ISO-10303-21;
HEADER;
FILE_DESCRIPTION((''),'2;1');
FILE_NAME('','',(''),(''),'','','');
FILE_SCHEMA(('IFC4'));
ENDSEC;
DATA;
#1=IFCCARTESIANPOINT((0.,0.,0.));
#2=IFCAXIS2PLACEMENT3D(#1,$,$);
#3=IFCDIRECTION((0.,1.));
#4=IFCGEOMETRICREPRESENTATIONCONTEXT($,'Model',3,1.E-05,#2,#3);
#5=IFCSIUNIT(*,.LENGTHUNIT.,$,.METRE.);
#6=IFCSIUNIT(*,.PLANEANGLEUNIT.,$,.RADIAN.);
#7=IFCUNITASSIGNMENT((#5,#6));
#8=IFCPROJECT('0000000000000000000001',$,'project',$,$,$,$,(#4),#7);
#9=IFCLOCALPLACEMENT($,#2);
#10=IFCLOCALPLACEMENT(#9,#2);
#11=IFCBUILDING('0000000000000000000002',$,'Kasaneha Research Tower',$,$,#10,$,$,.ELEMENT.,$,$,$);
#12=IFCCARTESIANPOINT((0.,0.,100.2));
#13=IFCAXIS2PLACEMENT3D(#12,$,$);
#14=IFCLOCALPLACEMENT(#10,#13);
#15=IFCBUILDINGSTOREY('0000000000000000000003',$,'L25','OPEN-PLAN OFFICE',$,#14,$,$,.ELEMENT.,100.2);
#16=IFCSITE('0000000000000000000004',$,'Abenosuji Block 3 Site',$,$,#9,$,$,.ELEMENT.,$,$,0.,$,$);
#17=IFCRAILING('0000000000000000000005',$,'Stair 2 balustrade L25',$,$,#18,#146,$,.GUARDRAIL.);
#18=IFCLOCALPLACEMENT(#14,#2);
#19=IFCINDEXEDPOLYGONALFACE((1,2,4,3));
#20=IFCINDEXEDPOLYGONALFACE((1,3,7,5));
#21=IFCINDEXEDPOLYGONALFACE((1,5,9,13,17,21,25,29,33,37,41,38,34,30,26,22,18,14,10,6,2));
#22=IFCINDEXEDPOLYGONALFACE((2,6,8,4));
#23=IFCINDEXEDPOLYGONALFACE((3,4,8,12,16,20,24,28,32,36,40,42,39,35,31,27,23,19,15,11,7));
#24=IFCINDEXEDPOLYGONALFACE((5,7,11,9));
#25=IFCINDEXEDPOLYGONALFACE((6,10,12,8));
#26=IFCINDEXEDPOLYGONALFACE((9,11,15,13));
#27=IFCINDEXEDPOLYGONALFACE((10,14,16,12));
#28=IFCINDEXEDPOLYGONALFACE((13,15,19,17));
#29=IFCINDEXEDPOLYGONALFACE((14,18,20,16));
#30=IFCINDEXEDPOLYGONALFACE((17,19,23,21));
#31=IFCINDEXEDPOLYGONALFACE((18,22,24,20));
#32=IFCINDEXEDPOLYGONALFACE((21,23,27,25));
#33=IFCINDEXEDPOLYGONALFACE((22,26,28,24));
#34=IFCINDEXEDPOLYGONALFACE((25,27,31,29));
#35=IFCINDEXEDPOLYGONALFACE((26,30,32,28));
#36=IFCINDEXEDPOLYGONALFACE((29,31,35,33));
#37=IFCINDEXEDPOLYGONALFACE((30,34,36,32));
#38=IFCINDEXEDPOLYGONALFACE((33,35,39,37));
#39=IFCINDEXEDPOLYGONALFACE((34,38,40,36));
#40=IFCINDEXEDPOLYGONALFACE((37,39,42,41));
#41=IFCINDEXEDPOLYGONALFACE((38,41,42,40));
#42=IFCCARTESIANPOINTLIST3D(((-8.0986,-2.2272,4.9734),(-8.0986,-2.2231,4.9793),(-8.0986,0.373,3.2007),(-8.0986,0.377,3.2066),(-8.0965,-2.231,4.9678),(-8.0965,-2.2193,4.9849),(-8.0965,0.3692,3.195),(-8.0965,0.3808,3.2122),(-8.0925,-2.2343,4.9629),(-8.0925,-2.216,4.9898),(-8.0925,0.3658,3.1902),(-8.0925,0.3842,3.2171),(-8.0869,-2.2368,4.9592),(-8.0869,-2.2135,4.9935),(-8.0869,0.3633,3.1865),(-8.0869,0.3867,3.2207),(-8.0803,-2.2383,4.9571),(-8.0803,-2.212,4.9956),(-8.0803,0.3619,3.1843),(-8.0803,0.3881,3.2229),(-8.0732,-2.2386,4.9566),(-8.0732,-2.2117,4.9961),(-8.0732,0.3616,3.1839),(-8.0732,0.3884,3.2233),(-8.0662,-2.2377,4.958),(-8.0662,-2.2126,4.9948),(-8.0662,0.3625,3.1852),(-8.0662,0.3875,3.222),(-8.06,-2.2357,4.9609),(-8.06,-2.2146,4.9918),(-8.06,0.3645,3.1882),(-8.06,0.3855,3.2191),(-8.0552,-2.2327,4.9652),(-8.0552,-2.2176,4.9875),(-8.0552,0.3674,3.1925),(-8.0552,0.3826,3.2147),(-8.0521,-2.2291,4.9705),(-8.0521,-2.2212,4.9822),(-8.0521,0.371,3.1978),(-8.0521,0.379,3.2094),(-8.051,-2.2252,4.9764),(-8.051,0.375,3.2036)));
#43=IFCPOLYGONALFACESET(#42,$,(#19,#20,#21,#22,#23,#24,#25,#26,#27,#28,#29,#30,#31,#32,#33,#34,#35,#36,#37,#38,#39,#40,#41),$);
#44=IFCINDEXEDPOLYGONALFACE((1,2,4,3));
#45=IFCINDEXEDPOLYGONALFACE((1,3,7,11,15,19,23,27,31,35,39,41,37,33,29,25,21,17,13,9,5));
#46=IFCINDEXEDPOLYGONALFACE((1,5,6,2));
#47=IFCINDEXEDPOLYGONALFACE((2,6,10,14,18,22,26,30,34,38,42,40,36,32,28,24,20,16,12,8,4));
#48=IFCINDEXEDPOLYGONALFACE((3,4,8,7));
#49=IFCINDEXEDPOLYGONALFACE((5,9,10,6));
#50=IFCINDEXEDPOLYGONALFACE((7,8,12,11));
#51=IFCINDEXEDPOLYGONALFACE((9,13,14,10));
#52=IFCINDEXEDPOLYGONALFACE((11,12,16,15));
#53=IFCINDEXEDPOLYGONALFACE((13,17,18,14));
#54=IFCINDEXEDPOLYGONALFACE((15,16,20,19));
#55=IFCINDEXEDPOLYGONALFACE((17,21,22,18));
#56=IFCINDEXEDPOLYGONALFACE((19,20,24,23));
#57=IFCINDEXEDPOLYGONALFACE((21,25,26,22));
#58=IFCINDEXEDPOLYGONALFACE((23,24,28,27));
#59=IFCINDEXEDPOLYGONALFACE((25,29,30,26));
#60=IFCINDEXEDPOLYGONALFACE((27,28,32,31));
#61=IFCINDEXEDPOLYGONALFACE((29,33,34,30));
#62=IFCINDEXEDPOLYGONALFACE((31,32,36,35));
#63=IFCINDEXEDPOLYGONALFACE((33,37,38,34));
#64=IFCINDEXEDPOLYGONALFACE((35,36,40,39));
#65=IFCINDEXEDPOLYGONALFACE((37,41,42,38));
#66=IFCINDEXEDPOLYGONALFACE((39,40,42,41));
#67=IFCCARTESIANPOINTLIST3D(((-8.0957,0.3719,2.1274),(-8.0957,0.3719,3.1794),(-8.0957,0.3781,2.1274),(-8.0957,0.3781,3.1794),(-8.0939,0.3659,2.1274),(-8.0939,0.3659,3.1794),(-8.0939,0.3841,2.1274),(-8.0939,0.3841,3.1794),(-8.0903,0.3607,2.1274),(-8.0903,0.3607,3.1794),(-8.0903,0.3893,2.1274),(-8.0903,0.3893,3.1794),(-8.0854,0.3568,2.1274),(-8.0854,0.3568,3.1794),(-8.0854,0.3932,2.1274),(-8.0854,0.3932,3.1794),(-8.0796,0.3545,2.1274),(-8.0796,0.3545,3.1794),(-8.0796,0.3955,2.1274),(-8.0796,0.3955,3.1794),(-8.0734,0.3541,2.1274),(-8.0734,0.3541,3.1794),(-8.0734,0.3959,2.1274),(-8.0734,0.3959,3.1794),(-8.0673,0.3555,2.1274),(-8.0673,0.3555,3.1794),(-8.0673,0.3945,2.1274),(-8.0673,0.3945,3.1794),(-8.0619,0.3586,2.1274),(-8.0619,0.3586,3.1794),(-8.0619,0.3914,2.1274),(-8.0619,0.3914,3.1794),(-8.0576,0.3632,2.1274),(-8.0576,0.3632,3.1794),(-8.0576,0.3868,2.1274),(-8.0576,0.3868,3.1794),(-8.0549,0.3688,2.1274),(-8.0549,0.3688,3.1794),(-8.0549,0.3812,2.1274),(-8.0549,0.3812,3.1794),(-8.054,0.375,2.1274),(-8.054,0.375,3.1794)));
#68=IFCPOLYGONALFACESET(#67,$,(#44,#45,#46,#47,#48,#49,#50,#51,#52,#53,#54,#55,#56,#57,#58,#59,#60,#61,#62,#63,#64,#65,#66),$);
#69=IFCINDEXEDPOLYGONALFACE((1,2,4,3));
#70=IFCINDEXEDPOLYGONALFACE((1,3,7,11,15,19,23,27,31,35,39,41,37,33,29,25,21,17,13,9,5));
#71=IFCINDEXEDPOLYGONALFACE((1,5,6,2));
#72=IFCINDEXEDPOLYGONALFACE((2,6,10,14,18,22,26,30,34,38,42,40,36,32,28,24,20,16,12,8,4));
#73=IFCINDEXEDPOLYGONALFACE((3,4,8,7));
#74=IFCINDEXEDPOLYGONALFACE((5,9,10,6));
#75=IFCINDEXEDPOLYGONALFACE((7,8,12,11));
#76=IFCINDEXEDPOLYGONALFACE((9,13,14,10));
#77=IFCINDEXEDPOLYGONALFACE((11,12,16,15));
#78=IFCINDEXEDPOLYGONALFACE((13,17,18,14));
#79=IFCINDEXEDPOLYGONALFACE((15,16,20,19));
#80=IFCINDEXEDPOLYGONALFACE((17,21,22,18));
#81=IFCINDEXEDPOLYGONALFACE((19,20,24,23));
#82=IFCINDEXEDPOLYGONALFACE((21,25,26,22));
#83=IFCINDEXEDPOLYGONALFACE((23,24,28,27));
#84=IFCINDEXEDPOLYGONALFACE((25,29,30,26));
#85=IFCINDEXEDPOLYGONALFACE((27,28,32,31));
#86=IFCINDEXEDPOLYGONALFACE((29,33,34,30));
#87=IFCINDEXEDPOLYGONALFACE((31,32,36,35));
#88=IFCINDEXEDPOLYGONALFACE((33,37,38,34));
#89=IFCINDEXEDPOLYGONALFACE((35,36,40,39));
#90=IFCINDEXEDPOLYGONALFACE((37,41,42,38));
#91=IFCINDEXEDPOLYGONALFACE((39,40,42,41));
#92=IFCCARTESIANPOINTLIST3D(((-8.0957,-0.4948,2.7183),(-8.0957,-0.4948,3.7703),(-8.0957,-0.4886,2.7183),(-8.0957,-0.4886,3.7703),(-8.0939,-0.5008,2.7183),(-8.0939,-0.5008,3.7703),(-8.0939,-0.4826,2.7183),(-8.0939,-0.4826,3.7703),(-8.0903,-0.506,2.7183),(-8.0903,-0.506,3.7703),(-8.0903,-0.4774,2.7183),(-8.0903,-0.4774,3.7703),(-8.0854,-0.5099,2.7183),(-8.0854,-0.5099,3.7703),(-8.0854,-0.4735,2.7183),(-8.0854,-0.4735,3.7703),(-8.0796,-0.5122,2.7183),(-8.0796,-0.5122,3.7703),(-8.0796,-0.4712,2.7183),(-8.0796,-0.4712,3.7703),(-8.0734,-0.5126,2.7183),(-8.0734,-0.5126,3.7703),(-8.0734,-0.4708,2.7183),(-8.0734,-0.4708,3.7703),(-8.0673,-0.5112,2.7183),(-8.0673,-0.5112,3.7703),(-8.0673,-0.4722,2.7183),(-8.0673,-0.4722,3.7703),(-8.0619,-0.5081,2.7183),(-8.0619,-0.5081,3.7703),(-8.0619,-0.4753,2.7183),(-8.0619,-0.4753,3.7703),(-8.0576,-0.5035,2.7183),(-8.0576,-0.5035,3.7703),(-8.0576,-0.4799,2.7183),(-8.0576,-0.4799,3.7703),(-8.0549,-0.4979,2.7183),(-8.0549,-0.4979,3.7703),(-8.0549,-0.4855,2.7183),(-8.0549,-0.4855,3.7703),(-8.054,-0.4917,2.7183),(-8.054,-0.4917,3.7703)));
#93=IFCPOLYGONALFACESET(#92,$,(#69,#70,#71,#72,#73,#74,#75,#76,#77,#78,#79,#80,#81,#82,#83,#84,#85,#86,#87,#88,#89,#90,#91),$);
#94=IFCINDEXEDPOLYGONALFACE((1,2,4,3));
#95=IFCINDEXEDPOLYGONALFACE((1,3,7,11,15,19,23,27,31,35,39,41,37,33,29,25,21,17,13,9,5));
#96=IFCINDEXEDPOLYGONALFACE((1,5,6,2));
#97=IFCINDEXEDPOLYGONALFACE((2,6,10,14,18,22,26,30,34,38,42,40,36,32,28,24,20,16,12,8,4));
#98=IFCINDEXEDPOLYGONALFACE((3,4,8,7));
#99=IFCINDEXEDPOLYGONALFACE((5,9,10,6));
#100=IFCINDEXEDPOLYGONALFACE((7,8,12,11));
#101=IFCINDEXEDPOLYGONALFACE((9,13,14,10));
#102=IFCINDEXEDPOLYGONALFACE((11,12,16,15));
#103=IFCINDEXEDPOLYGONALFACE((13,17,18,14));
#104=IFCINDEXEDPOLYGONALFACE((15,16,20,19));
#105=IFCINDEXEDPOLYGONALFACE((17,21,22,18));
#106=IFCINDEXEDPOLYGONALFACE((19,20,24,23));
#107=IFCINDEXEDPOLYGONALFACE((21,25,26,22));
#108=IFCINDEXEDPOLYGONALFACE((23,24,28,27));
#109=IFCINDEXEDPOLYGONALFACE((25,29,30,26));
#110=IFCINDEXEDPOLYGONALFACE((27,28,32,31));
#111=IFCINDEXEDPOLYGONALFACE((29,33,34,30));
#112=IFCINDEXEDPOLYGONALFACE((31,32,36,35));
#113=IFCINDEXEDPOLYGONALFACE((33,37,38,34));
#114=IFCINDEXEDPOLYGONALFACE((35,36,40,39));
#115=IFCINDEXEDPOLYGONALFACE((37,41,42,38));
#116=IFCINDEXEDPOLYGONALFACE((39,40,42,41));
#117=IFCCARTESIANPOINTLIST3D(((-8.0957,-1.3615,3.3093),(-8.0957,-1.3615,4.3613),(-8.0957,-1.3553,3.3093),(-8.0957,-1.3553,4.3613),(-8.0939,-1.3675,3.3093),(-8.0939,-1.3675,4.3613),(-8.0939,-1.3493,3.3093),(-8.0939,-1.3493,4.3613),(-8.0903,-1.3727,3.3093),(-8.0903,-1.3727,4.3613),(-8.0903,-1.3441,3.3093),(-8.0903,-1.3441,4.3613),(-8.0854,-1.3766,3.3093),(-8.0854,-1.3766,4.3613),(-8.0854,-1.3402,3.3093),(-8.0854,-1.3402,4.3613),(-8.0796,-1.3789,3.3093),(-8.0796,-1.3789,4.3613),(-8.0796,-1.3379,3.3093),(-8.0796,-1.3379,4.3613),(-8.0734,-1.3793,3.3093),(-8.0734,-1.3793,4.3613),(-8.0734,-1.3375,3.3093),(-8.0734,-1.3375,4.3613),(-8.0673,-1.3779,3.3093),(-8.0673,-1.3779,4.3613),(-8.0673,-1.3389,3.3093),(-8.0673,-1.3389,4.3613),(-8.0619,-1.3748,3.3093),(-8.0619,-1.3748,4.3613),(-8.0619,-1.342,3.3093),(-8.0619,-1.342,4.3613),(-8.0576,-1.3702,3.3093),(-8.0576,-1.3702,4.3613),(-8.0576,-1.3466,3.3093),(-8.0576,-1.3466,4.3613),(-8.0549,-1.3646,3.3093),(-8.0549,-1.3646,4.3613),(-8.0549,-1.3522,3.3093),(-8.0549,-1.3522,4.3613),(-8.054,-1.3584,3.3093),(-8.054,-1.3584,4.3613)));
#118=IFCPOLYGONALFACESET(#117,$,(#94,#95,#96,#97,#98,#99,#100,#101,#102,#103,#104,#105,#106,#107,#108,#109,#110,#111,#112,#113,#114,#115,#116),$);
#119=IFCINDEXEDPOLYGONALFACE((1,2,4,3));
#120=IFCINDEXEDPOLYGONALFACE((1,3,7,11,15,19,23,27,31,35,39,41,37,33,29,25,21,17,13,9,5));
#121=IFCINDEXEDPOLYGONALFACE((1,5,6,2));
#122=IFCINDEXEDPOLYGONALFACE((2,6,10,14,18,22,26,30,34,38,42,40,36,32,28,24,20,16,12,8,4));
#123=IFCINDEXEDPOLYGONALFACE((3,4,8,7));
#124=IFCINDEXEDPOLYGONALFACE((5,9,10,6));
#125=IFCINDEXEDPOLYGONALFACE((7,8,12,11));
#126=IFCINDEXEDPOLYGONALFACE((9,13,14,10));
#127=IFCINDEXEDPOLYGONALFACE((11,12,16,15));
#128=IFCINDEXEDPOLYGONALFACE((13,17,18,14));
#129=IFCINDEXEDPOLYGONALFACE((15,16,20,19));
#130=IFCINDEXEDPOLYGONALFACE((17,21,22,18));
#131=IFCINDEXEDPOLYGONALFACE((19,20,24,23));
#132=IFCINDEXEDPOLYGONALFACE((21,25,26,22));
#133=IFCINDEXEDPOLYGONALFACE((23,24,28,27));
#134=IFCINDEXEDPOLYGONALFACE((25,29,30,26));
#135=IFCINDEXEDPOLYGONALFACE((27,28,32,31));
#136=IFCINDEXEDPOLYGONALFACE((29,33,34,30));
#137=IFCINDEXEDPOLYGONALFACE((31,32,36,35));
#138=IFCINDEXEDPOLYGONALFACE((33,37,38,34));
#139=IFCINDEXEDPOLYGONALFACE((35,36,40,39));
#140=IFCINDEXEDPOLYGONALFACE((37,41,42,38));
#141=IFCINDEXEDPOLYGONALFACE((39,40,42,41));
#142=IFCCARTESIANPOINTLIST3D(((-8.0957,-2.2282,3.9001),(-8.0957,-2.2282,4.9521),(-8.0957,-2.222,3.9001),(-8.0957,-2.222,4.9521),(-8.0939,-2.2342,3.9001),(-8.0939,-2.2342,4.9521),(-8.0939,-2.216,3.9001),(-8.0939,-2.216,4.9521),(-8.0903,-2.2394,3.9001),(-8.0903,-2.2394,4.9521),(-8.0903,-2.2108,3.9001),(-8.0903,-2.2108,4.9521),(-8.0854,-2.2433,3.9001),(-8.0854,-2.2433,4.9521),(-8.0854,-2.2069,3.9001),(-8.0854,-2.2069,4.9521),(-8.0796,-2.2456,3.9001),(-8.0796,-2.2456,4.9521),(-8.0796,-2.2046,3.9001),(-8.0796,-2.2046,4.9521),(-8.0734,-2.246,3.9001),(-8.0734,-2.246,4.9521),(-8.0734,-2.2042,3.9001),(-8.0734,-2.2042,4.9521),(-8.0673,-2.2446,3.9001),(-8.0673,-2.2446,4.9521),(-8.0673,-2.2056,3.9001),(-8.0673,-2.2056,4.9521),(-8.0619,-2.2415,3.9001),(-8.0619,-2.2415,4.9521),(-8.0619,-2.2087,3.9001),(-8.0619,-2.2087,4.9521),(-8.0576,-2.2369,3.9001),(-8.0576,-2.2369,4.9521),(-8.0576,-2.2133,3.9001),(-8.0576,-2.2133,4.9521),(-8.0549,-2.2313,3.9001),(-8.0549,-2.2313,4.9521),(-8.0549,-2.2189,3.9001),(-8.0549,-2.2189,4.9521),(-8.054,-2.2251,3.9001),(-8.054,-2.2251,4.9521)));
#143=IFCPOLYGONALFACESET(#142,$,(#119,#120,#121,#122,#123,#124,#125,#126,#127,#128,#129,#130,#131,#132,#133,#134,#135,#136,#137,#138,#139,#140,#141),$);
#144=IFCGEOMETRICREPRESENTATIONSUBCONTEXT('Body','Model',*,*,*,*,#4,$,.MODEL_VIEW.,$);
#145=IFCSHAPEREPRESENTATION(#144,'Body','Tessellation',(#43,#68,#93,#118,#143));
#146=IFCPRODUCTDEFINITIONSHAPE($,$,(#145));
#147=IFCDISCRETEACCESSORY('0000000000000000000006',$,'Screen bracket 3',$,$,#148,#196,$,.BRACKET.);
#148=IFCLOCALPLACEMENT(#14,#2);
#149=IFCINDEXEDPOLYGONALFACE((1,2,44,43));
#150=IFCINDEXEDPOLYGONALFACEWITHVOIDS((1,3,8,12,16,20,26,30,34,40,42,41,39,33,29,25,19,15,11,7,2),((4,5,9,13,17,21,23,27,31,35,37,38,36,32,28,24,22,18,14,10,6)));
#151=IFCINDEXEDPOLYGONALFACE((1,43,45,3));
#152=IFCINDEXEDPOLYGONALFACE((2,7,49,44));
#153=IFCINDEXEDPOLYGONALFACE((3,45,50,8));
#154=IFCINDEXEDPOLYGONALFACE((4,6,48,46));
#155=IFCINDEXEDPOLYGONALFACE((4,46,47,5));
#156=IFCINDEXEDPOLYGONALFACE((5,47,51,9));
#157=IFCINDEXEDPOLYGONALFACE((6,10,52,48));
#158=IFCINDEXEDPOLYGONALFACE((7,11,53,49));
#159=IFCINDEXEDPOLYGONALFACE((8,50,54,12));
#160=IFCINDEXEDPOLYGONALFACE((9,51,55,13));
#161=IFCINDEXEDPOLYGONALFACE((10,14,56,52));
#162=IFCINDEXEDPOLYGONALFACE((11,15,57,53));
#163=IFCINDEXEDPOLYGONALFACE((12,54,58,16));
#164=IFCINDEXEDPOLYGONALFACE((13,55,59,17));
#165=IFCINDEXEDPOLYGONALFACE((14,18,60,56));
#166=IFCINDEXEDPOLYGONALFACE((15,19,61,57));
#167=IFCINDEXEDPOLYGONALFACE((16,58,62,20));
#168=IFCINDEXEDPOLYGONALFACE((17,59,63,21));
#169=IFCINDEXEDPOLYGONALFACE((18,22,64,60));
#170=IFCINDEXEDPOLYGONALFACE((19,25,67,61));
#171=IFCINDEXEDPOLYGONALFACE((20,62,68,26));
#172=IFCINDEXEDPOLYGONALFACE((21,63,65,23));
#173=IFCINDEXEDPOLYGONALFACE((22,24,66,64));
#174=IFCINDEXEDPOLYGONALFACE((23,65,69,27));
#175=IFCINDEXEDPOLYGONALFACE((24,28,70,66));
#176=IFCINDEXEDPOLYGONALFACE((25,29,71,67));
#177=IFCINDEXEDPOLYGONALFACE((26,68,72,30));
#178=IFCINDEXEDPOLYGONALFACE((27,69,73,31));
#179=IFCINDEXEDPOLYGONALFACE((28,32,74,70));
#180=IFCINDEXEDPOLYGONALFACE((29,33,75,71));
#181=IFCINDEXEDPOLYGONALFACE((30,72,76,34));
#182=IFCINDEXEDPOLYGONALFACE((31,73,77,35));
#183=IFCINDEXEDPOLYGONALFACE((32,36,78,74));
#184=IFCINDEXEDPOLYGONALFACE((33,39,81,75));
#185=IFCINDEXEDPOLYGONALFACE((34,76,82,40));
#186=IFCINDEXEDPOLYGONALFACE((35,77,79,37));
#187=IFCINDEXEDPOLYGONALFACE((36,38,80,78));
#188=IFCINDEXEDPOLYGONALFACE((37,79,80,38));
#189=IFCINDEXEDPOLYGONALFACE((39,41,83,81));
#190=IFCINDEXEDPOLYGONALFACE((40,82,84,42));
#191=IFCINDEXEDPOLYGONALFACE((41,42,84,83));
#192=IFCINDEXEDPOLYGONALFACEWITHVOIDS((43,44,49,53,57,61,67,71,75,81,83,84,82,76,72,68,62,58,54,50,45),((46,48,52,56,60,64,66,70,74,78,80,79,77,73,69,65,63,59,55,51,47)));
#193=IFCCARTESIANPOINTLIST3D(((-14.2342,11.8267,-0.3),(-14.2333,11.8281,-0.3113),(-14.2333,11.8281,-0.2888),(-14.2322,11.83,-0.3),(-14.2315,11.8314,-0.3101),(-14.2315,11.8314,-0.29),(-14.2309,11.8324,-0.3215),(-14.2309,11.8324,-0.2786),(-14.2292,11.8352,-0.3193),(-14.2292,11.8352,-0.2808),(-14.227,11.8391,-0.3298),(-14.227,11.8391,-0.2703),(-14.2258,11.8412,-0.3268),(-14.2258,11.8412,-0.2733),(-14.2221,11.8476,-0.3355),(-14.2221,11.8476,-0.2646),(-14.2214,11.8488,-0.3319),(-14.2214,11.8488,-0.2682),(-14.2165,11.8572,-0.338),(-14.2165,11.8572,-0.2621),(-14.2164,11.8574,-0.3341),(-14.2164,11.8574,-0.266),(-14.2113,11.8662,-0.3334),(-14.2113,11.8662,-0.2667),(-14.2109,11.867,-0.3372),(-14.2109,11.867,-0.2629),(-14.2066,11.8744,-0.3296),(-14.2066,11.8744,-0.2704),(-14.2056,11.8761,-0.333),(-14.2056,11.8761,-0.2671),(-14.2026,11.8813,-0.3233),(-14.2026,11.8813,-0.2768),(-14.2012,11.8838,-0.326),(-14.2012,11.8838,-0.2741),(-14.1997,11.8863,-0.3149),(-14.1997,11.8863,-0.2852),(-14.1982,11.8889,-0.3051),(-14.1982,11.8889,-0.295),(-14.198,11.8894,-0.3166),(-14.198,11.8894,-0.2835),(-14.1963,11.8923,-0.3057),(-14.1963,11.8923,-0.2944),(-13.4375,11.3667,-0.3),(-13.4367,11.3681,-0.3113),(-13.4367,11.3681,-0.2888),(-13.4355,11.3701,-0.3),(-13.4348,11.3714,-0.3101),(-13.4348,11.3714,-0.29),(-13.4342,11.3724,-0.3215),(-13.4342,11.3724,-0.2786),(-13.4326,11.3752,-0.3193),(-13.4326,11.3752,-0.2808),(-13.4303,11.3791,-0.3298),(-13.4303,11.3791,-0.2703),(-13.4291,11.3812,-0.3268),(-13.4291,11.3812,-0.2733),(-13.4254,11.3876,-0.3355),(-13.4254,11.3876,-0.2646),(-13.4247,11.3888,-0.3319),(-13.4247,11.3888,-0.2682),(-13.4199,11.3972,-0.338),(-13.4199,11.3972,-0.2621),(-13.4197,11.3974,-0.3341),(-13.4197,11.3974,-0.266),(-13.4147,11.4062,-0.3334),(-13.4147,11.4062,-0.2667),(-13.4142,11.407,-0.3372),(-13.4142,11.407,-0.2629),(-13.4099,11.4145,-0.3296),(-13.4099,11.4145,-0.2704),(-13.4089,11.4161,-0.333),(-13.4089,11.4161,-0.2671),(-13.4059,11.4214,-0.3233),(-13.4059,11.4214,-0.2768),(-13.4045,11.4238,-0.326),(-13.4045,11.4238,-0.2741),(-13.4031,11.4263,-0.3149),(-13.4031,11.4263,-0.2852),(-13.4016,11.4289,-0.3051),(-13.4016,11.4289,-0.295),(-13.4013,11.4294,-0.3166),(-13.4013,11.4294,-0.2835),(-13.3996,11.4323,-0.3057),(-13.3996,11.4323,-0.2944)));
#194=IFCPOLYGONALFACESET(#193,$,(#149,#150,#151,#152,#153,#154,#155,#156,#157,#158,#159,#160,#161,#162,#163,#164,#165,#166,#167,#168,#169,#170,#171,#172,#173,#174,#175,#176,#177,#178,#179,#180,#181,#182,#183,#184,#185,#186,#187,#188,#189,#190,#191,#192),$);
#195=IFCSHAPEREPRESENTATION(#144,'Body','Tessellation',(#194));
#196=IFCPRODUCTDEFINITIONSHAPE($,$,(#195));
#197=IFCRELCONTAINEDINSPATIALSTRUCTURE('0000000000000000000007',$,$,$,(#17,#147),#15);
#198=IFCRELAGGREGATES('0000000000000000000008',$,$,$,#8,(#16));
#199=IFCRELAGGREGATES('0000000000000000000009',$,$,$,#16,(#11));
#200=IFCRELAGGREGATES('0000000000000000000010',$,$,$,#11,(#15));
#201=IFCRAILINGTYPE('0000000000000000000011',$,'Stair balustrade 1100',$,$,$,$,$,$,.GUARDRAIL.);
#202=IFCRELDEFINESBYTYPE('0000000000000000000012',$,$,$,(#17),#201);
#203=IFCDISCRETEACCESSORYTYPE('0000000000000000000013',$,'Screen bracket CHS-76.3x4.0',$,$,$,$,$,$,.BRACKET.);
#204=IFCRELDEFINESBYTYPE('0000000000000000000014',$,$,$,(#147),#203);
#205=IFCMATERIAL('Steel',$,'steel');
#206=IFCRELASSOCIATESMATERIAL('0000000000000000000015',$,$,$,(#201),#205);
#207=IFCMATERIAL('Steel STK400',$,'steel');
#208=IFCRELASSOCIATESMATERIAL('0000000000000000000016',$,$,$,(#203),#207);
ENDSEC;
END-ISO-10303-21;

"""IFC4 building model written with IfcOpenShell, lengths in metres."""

from ifc_helpers import new_model, si_unit, direction, frame, origin, origin_2d, place, context, subcontext, project, spatial, circle, hollow_circle, extrude, material, material_profile, profile_set, type_object, element, save


model = new_model("IFC4")

# Units and contexts
model_context = context("Model", 3, precision=1e-05, world=origin(), true_north=direction((0.0, 1.0)))
body_context = subcontext(model_context, "Body", "Model", "MODEL_VIEW")
ifc_project = project(units=[si_unit("LENGTHUNIT", "METRE"), si_unit("PLANEANGLEUNIT", "RADIAN")], contexts=[model_context])

# Site, building, storey
site_placement = place(None, origin())
site = spatial("IfcSite", under=ifc_project, at=site_placement, Name="Abenosuji Block 3 Site", CompositionType="ELEMENT", RefElevation=0.0)
building_placement = place(site_placement, origin())
building = spatial("IfcBuilding", under=site, at=building_placement, Name="Kasaneha Research Tower", CompositionType="ELEMENT")
storey_placement = place(building_placement, frame((0.0, 0.0, 100.2)))
storey = spatial("IfcBuildingStorey", under=building, at=storey_placement, Name="L25", Description="OPEN-PLAN OFFICE", CompositionType="ELEMENT", Elevation=100.2)

# Railing
ifc_material_1 = material(Name="Steel", Category="steel")
railing_type = type_object("IfcRailingType", Name="Stair balustrade 1100", PredefinedType="GUARDRAIL", material=ifc_material_1)
railing_placement = place(storey_placement, frame((-8.075, 0.375, 2.1274)))
element("IfcRailing", 1, at=railing_placement, inside=storey, type_object=railing_type, Name="Stair 2 balustrade L25", PredefinedType="GUARDRAIL", context=body_context, shape_type="SweptSolid", body=[
    extrude(circle(Radius=0.0239, at=origin_2d()), frame((0.0, 0.0, 1.0762), z_axis=(0.0, -0.82624, 0.563318), x_axis=(1.0, 0.0, 0.0)), (0.0, 0.0, 1.0), 3.147),
    extrude(circle(Radius=0.021, at=origin_2d()), origin(), (0.0, 0.0, 1.0), 1.052),
    extrude(circle(Radius=0.021, at=origin_2d()), frame((0.0, -0.8667, 0.5908)), (0.0, 0.0, 1.0), 1.052),
    extrude(circle(Radius=0.021, at=origin_2d()), frame((0.0, -1.7334, 1.1819)), (0.0, 0.0, 1.0), 1.052),
    extrude(circle(Radius=0.021, at=origin_2d()), frame((0.0, -2.6001, 1.7727)), (0.0, 0.0, 1.0), 1.052),
])

# Discrete accessory
ifc_material_2 = material(Name="Steel STK400", Category="steel")
ifc_material_profile_1 = material_profile(ifc_material_2, hollow_circle(Radius=0.0381, WallThickness=0.0039, at=origin_2d()), Name="CHS-76.3x4.0")
ifc_profile_set_1 = profile_set([ifc_material_profile_1], Name="Steel STK400")
discrete_accessory_type = type_object("IfcDiscreteAccessoryType", Name="Screen bracket CHS-76.3x4.0", PredefinedType="BRACKET", material=ifc_profile_set_1)
for number, where, z_axis, x_axis, name in (
    (2, (-13.4185, 11.3997, -0.3), (-0.866013, 0.500021, 0.0), (-0.500021, -0.866013, 0.0), "Screen bracket 3"),
):
    element("IfcDiscreteAccessory", number, at=place(storey_placement, frame(where, z_axis=z_axis, x_axis=x_axis)), inside=storey, type_object=discrete_accessory_type, Name=name, PredefinedType="BRACKET", context=body_context, shape_type="SweptSolid", body=[
        extrude(hollow_circle(Radius=0.0381, WallThickness=0.0039, at=origin_2d()), origin(), (0.0, 0.0, 1.0), 0.9199),
    ])

save(model, "model.ifc")
